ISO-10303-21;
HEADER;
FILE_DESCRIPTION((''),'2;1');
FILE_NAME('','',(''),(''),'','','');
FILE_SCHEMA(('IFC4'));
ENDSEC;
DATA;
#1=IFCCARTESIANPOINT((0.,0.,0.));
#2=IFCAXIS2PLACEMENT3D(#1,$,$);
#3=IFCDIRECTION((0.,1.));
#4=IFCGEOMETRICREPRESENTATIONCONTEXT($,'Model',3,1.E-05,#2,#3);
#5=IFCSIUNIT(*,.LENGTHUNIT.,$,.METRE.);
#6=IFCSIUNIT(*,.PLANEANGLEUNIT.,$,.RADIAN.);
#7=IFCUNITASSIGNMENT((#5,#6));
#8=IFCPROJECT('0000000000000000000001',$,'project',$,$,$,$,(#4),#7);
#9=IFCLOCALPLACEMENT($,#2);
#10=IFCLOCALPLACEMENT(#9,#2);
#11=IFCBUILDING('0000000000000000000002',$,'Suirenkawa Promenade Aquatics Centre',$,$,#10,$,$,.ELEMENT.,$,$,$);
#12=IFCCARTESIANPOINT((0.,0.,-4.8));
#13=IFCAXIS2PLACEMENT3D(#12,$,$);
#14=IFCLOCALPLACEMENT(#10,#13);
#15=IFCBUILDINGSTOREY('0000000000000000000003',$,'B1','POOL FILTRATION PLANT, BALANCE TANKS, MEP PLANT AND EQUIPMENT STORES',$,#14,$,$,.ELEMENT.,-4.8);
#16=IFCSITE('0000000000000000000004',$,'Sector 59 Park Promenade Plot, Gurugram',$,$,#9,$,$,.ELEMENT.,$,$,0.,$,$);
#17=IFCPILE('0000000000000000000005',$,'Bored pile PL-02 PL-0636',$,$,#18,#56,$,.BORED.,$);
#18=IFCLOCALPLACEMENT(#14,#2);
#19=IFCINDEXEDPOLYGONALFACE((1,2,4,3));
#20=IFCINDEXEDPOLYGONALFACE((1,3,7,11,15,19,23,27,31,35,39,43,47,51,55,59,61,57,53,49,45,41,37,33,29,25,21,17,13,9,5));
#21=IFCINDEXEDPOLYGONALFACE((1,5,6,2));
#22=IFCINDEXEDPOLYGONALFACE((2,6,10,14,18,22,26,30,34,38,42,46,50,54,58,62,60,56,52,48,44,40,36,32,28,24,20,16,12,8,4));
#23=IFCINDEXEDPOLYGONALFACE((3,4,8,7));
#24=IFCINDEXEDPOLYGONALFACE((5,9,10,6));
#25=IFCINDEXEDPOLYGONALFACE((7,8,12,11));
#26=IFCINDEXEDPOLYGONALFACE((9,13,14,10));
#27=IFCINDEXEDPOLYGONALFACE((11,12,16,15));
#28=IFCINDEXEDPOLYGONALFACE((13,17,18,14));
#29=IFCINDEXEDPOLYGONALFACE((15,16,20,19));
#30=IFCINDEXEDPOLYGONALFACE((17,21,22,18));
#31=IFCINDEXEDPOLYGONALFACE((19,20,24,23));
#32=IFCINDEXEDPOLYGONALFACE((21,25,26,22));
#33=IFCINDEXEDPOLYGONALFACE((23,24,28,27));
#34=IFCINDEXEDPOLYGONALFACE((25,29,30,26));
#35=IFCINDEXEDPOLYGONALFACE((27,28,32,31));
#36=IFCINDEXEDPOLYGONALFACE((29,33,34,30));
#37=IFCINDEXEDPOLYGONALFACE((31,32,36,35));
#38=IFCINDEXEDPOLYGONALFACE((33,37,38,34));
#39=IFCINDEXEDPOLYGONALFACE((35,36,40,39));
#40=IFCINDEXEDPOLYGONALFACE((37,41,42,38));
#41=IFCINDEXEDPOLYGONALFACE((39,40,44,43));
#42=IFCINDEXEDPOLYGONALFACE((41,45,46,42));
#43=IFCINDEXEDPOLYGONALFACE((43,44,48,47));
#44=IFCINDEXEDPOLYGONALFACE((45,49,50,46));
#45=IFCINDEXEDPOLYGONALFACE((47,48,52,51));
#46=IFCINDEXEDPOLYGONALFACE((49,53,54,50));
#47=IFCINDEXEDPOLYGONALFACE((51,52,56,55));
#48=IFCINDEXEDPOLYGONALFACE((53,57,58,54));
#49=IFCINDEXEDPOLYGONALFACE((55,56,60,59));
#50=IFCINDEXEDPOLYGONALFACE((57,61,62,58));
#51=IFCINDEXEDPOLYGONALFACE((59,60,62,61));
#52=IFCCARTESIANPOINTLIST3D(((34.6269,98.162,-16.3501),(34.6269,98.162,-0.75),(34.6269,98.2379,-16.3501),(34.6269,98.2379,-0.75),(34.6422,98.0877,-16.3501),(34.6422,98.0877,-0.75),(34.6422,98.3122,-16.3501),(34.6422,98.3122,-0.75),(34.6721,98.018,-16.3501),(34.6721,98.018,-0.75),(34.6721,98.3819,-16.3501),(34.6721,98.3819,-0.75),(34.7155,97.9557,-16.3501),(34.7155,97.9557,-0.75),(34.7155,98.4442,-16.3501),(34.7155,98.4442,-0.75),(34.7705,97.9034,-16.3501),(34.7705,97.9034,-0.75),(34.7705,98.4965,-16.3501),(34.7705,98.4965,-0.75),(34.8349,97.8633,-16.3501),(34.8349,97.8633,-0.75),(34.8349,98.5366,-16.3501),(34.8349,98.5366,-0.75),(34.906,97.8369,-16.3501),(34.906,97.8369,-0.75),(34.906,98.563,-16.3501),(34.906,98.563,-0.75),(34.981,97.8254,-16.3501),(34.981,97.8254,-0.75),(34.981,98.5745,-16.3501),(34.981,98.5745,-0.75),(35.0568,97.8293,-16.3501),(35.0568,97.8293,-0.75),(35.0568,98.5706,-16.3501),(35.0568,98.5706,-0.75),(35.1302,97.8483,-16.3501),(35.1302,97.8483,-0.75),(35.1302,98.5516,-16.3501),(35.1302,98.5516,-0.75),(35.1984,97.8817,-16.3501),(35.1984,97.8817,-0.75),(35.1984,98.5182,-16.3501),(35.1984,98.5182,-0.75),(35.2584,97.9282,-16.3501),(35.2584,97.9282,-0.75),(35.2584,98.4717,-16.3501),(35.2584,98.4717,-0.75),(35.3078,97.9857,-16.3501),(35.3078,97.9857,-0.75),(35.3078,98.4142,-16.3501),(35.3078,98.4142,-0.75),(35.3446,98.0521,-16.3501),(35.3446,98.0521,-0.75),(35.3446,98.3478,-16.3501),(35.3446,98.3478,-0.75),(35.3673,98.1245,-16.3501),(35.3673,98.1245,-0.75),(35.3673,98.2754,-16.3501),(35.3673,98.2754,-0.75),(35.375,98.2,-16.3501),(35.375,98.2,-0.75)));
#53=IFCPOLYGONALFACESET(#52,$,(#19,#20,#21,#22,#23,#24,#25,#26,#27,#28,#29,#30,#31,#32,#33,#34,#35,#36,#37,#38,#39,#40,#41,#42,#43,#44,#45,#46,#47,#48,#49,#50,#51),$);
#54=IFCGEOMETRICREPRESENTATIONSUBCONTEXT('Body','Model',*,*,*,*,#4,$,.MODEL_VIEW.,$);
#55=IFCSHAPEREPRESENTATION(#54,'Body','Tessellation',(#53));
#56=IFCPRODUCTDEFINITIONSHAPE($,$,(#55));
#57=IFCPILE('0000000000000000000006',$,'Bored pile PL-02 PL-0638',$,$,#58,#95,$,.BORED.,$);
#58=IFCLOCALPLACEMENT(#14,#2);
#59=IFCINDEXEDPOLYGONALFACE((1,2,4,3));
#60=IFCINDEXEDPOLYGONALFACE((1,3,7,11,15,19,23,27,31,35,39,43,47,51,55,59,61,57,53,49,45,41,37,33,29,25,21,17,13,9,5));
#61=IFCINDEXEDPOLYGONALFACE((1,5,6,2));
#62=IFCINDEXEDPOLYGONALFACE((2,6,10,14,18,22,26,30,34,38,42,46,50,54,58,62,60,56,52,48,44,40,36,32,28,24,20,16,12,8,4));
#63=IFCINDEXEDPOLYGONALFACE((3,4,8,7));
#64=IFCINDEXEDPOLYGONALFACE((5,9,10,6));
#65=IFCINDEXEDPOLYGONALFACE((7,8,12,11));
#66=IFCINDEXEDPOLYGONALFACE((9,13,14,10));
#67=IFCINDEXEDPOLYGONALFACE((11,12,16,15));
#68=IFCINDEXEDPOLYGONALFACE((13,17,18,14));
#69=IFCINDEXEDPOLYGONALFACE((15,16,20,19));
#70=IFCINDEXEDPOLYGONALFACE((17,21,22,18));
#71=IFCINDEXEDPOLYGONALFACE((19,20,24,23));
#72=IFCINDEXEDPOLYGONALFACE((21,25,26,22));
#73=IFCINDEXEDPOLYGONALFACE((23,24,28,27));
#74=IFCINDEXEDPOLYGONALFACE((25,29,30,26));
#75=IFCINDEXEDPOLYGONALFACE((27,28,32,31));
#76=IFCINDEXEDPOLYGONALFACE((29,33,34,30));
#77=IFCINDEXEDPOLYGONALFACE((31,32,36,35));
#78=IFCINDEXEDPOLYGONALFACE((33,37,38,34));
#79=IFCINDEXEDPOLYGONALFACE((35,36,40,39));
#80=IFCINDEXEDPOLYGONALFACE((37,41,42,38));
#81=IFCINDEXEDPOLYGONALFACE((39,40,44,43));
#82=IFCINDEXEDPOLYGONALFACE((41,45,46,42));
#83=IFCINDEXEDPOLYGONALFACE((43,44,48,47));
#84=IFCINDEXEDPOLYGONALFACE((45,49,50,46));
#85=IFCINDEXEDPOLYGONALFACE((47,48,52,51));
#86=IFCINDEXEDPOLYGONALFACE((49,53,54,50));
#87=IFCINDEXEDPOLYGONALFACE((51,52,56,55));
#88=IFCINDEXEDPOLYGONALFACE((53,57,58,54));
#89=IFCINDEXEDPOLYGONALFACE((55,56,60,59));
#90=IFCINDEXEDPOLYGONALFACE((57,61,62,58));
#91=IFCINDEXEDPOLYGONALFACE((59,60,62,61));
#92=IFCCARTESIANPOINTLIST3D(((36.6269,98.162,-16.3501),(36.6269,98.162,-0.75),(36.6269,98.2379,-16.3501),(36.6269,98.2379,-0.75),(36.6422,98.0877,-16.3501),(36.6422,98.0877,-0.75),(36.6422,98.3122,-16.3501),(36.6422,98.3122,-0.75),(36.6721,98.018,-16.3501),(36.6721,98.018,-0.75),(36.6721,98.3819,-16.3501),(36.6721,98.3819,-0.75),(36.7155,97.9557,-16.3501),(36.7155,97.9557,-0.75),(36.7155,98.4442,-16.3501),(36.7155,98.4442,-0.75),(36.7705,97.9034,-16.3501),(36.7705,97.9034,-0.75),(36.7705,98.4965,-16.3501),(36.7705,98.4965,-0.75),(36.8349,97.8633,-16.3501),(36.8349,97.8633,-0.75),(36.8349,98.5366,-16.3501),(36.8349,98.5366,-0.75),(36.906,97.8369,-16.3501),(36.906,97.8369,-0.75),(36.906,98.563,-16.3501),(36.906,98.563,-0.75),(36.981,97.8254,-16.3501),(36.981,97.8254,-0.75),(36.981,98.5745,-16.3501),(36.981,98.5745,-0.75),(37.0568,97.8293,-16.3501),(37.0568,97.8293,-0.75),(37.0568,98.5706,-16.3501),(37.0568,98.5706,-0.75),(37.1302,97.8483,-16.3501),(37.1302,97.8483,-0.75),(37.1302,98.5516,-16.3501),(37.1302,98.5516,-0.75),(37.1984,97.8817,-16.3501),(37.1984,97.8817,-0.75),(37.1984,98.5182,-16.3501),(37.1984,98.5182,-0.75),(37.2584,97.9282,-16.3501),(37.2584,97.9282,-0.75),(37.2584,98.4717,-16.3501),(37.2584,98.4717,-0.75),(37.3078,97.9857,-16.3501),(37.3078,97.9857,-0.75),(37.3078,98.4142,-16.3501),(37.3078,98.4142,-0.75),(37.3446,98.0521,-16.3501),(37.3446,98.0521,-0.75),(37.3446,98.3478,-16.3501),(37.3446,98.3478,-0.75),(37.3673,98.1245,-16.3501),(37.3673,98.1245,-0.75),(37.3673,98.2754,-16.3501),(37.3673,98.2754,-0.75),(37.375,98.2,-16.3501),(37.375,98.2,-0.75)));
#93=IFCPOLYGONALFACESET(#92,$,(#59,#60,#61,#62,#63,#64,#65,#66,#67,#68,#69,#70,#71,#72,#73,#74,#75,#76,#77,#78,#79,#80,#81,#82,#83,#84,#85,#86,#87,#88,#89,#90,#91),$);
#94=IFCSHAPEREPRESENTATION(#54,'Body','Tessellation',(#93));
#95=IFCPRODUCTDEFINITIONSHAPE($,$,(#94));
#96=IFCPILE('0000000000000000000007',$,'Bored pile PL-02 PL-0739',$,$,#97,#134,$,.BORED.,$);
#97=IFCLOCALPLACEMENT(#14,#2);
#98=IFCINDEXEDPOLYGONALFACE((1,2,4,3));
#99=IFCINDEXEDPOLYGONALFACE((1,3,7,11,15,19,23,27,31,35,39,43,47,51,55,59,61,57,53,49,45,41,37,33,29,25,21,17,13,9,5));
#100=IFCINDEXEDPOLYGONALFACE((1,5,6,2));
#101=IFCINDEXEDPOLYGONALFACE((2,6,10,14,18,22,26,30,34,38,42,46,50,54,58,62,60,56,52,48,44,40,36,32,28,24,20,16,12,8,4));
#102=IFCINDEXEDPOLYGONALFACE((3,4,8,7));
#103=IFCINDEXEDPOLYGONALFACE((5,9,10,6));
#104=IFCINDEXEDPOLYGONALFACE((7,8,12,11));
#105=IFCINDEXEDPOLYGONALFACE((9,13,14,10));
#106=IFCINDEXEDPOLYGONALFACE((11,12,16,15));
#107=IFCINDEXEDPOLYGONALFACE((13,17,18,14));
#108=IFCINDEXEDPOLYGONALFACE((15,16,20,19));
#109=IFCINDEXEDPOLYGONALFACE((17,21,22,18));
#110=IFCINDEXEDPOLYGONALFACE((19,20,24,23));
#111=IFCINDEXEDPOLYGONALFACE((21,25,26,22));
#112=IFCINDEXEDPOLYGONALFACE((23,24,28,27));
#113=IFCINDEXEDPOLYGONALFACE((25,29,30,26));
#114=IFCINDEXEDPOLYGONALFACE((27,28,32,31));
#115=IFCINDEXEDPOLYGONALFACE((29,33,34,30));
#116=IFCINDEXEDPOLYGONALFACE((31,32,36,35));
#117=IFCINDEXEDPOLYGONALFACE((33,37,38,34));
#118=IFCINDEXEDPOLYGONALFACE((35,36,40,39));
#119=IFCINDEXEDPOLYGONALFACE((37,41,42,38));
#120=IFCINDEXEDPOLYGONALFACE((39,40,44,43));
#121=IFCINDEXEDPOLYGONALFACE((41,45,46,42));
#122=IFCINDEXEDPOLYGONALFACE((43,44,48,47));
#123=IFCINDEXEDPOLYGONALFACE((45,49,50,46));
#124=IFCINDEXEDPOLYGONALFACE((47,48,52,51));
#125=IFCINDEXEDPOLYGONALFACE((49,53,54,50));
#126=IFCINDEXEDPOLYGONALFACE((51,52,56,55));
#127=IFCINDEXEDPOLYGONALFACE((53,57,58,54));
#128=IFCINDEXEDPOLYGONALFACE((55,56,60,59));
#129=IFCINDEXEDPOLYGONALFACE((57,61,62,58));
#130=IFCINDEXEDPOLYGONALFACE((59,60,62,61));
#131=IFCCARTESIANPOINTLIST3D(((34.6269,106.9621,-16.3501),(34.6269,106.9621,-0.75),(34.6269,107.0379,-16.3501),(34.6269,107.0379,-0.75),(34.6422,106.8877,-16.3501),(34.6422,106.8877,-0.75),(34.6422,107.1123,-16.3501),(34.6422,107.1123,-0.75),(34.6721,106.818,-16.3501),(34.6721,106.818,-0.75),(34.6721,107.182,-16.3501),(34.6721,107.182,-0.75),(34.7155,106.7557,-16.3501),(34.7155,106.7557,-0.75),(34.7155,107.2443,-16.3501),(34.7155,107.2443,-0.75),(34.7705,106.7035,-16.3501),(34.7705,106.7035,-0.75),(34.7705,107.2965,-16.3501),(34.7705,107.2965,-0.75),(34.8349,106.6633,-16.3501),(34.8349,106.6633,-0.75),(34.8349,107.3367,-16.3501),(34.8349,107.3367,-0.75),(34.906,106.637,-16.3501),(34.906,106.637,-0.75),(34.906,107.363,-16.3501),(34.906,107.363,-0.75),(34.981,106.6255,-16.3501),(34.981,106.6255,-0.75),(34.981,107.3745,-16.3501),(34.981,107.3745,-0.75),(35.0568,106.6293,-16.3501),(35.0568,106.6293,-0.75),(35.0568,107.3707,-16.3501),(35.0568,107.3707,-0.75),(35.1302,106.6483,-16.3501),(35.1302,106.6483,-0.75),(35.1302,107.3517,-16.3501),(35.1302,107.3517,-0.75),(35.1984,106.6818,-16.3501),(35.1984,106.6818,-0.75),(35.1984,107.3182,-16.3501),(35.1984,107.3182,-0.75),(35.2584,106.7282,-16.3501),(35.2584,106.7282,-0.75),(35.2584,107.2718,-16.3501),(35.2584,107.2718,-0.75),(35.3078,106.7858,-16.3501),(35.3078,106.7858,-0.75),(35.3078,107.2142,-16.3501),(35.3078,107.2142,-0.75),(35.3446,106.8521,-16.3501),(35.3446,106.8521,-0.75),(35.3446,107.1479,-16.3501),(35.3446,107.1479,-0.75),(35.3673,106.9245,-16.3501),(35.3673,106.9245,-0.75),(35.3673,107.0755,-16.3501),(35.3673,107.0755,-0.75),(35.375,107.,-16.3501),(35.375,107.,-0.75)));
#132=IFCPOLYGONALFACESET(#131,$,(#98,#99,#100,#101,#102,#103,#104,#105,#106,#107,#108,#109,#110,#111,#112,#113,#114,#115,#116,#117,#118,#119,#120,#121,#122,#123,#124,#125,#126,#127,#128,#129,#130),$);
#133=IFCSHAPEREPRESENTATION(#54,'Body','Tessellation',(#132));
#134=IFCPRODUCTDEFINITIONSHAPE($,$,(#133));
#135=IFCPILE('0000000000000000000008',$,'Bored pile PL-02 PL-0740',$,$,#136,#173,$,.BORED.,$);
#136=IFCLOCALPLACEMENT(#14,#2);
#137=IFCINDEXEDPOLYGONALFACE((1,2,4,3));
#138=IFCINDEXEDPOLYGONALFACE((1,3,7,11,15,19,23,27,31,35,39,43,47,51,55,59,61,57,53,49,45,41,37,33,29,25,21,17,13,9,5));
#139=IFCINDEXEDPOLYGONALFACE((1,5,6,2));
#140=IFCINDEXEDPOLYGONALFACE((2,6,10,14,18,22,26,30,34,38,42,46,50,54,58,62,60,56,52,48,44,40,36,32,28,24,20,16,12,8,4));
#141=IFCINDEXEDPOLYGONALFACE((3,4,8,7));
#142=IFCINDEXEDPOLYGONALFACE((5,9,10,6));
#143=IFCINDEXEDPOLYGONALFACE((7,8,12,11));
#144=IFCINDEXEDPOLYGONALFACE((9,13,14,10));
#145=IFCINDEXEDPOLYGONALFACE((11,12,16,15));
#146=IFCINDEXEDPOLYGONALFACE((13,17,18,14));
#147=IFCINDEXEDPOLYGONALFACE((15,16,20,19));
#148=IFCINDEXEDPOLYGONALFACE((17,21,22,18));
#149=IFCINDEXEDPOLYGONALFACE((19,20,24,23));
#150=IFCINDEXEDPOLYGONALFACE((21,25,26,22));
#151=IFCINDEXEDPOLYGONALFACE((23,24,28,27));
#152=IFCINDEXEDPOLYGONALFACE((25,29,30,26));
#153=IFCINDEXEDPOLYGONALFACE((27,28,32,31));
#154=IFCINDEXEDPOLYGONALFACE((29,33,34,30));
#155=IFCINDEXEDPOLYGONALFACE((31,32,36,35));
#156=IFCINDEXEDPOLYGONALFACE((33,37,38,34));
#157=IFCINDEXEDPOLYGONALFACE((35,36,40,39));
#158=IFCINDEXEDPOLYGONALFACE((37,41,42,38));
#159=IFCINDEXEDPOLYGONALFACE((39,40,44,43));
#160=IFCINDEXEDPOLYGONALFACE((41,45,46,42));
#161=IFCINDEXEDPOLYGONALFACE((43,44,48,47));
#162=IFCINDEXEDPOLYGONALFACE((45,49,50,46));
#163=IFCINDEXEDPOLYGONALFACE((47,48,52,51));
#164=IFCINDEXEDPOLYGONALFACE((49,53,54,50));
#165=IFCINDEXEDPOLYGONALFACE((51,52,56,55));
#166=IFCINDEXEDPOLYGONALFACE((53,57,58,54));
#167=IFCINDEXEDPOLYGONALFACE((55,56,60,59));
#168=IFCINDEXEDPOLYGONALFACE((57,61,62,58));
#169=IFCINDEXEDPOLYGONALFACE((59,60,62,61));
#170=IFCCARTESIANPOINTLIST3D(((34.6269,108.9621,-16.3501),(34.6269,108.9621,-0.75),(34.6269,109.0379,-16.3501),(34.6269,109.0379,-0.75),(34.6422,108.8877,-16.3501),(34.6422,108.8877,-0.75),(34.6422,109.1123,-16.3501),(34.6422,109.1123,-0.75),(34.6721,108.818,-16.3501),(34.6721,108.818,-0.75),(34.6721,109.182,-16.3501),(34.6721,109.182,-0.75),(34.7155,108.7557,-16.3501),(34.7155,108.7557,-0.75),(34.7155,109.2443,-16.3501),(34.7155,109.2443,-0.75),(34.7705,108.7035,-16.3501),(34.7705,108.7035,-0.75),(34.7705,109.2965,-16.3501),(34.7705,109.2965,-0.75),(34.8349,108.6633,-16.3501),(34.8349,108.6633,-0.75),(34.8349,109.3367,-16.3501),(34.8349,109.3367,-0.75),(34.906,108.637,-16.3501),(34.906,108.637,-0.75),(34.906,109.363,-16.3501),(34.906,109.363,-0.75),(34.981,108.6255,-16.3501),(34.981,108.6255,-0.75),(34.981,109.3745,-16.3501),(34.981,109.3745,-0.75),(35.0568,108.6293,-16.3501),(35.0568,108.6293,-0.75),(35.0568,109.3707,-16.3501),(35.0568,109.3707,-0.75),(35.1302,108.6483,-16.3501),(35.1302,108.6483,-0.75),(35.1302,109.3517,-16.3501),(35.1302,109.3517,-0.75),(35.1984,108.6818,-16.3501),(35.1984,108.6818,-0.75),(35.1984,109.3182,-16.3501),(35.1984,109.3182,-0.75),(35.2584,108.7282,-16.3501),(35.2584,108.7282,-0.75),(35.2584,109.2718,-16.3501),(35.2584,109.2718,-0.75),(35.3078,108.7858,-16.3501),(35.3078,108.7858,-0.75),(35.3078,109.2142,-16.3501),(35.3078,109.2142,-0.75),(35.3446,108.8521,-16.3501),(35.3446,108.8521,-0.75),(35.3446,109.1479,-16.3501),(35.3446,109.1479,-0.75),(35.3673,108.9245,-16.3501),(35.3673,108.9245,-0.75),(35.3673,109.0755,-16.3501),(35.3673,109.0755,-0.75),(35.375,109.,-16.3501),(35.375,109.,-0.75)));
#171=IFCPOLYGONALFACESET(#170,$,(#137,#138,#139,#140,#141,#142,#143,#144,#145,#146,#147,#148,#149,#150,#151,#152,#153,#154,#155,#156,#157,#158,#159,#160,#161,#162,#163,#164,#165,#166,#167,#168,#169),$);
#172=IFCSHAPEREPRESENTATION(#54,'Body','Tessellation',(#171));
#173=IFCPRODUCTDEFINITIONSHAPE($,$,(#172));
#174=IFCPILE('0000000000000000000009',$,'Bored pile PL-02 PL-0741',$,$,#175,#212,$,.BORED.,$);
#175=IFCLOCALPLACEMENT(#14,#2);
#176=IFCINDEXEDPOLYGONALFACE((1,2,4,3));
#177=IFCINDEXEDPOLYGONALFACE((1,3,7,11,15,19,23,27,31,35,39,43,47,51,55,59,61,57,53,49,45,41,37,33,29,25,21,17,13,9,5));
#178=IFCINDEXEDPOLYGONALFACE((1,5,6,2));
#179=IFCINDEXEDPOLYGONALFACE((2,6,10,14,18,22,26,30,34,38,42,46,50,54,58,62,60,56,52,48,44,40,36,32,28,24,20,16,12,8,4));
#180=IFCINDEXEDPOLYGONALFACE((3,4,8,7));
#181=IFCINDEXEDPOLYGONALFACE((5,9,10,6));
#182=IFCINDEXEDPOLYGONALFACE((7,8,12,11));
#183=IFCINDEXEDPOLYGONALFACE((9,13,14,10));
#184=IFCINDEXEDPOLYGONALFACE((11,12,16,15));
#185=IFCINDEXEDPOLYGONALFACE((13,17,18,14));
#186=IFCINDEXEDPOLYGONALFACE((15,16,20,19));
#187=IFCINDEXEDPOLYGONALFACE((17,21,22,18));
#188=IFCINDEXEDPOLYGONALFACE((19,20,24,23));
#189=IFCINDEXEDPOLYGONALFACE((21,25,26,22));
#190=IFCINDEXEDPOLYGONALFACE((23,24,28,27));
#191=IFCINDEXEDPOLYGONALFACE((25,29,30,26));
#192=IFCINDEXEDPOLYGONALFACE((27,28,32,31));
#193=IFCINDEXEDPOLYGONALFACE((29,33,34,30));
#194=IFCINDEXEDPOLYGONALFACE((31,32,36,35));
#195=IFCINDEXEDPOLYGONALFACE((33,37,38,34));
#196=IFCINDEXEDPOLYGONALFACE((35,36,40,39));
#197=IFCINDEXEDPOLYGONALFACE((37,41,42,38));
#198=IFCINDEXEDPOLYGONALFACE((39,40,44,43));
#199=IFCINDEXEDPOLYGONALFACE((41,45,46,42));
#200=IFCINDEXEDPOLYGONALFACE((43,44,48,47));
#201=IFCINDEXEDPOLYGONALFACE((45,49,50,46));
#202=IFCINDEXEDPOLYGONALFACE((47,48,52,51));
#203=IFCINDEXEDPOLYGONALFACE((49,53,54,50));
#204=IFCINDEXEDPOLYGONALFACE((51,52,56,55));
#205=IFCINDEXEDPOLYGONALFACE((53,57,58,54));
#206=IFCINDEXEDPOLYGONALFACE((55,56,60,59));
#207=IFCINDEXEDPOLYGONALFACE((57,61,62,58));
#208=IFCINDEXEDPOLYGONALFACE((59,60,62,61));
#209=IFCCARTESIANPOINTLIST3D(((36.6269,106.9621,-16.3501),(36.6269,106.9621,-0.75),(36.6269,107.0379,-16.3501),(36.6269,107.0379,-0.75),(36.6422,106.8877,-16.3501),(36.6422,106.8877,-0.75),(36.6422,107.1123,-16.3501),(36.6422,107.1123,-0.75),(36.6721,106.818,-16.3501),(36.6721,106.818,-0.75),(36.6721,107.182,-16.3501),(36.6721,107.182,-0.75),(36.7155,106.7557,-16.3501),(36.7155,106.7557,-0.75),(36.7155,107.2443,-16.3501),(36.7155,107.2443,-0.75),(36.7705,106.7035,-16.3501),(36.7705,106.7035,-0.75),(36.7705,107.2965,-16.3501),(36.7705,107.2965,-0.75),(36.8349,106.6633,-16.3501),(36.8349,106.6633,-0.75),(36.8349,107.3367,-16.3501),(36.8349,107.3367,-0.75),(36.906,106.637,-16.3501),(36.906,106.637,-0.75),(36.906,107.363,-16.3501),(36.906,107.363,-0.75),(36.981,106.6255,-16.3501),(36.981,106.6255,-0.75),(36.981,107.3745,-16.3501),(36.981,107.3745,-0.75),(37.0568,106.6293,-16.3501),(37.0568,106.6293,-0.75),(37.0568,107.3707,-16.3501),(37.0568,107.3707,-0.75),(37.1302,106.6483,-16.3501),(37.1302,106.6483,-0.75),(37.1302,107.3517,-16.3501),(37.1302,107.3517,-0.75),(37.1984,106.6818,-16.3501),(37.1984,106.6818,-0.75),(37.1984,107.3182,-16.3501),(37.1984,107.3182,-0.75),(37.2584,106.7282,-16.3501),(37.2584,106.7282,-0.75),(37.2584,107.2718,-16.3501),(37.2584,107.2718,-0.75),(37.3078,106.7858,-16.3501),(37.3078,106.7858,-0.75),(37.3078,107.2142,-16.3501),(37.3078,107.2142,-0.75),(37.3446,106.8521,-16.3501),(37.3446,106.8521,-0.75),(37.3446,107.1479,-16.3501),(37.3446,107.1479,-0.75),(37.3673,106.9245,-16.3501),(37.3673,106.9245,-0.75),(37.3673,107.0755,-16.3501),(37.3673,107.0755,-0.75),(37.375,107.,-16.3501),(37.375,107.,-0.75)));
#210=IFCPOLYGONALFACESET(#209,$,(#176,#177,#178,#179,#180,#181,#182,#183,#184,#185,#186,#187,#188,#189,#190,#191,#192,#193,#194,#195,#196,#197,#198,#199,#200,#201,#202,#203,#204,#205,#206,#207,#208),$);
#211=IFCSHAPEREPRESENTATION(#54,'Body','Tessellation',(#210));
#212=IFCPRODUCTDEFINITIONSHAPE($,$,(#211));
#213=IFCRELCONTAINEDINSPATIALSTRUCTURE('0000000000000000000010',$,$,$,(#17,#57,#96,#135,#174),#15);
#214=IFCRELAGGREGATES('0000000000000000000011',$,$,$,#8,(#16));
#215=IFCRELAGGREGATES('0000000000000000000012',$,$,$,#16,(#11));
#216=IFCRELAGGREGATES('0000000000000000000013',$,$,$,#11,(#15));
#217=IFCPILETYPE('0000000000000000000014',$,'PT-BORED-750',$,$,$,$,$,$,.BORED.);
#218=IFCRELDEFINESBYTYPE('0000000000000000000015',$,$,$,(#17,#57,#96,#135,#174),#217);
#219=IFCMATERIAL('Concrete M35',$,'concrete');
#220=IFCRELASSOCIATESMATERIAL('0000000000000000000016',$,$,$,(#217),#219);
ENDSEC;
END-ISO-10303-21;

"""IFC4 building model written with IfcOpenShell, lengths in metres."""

from ifc_helpers import new_model, si_unit, direction, frame, origin, origin_2d, place, context, subcontext, project, spatial, circle, extrude, material, material_profile, profile_set, type_object, element, save


model = new_model("IFC4")

# Units and contexts
model_context = context("Model", 3, precision=1e-05, world=origin(), true_north=direction((0.0, 1.0)))
body_context = subcontext(model_context, "Body", "Model", "MODEL_VIEW")
ifc_project = project(units=[si_unit("LENGTHUNIT", "METRE"), si_unit("PLANEANGLEUNIT", "RADIAN")], contexts=[model_context])

# Site, building, storey
site_placement = place(None, origin())
site = spatial("IfcSite", under=ifc_project, at=site_placement, Name="Sector 59 Park Promenade Plot, Gurugram", CompositionType="ELEMENT", RefElevation=0.0)
building_placement = place(site_placement, origin())
building = spatial("IfcBuilding", under=site, at=building_placement, Name="Suirenkawa Promenade Aquatics Centre", CompositionType="ELEMENT")
storey_placement = place(building_placement, frame((0.0, 0.0, -4.8)))
storey = spatial("IfcBuildingStorey", under=building, at=storey_placement, Name="B1", Description="POOL FILTRATION PLANT, BALANCE TANKS, MEP PLANT AND EQUIPMENT STORES", CompositionType="ELEMENT", Elevation=-4.8)

# Shared definitions
ifc_material_1 = material(Name="Concrete M35", Category="concrete")

# Piles
ifc_material_profile_1 = material_profile(ifc_material_1, circle(Radius=0.375, at=origin_2d()), Name="PILE D750", Category="concrete")
ifc_profile_set_1 = profile_set([ifc_material_profile_1], Name="Concrete M35")
pile_type_1 = type_object("IfcPileType", Name="PT-BORED-750", PredefinedType="BORED", material=ifc_profile_set_1)
for number, where, z_axis, x_axis, name in (
    (1, (35.0, 98.2, -0.75), (0.0, 0.0, -1.0), (1.0, 0.0, 0.0), "Bored pile PL-02 PL-0636"),
    (2, (37.0, 98.2, -0.75), (0.0, 0.0, -1.0), (1.0, 0.0, 0.0), "Bored pile PL-02 PL-0638"),
    (3, (35.0, 107.0, -0.75), (0.0, 0.0, -1.0), (1.0, 0.0, 0.0), "Bored pile PL-02 PL-0739"),
    (4, (35.0, 109.0, -0.75), (0.0, 0.0, -1.0), (1.0, 0.0, 0.0), "Bored pile PL-02 PL-0740"),
    (5, (37.0, 107.0, -0.75), (0.0, 0.0, -1.0), (1.0, 0.0, 0.0), "Bored pile PL-02 PL-0741"),
):
    element("IfcPile", number, at=place(storey_placement, frame(where, z_axis=z_axis, x_axis=x_axis)), inside=storey, type_object=pile_type_1, Name=name, PredefinedType="BORED", context=body_context, shape_type="SweptSolid", body=[
        extrude(circle(Radius=0.375, at=origin_2d()), origin(), (0.0, 0.0, 1.0), 15.6001),
    ])

save(model, "model.ifc")
